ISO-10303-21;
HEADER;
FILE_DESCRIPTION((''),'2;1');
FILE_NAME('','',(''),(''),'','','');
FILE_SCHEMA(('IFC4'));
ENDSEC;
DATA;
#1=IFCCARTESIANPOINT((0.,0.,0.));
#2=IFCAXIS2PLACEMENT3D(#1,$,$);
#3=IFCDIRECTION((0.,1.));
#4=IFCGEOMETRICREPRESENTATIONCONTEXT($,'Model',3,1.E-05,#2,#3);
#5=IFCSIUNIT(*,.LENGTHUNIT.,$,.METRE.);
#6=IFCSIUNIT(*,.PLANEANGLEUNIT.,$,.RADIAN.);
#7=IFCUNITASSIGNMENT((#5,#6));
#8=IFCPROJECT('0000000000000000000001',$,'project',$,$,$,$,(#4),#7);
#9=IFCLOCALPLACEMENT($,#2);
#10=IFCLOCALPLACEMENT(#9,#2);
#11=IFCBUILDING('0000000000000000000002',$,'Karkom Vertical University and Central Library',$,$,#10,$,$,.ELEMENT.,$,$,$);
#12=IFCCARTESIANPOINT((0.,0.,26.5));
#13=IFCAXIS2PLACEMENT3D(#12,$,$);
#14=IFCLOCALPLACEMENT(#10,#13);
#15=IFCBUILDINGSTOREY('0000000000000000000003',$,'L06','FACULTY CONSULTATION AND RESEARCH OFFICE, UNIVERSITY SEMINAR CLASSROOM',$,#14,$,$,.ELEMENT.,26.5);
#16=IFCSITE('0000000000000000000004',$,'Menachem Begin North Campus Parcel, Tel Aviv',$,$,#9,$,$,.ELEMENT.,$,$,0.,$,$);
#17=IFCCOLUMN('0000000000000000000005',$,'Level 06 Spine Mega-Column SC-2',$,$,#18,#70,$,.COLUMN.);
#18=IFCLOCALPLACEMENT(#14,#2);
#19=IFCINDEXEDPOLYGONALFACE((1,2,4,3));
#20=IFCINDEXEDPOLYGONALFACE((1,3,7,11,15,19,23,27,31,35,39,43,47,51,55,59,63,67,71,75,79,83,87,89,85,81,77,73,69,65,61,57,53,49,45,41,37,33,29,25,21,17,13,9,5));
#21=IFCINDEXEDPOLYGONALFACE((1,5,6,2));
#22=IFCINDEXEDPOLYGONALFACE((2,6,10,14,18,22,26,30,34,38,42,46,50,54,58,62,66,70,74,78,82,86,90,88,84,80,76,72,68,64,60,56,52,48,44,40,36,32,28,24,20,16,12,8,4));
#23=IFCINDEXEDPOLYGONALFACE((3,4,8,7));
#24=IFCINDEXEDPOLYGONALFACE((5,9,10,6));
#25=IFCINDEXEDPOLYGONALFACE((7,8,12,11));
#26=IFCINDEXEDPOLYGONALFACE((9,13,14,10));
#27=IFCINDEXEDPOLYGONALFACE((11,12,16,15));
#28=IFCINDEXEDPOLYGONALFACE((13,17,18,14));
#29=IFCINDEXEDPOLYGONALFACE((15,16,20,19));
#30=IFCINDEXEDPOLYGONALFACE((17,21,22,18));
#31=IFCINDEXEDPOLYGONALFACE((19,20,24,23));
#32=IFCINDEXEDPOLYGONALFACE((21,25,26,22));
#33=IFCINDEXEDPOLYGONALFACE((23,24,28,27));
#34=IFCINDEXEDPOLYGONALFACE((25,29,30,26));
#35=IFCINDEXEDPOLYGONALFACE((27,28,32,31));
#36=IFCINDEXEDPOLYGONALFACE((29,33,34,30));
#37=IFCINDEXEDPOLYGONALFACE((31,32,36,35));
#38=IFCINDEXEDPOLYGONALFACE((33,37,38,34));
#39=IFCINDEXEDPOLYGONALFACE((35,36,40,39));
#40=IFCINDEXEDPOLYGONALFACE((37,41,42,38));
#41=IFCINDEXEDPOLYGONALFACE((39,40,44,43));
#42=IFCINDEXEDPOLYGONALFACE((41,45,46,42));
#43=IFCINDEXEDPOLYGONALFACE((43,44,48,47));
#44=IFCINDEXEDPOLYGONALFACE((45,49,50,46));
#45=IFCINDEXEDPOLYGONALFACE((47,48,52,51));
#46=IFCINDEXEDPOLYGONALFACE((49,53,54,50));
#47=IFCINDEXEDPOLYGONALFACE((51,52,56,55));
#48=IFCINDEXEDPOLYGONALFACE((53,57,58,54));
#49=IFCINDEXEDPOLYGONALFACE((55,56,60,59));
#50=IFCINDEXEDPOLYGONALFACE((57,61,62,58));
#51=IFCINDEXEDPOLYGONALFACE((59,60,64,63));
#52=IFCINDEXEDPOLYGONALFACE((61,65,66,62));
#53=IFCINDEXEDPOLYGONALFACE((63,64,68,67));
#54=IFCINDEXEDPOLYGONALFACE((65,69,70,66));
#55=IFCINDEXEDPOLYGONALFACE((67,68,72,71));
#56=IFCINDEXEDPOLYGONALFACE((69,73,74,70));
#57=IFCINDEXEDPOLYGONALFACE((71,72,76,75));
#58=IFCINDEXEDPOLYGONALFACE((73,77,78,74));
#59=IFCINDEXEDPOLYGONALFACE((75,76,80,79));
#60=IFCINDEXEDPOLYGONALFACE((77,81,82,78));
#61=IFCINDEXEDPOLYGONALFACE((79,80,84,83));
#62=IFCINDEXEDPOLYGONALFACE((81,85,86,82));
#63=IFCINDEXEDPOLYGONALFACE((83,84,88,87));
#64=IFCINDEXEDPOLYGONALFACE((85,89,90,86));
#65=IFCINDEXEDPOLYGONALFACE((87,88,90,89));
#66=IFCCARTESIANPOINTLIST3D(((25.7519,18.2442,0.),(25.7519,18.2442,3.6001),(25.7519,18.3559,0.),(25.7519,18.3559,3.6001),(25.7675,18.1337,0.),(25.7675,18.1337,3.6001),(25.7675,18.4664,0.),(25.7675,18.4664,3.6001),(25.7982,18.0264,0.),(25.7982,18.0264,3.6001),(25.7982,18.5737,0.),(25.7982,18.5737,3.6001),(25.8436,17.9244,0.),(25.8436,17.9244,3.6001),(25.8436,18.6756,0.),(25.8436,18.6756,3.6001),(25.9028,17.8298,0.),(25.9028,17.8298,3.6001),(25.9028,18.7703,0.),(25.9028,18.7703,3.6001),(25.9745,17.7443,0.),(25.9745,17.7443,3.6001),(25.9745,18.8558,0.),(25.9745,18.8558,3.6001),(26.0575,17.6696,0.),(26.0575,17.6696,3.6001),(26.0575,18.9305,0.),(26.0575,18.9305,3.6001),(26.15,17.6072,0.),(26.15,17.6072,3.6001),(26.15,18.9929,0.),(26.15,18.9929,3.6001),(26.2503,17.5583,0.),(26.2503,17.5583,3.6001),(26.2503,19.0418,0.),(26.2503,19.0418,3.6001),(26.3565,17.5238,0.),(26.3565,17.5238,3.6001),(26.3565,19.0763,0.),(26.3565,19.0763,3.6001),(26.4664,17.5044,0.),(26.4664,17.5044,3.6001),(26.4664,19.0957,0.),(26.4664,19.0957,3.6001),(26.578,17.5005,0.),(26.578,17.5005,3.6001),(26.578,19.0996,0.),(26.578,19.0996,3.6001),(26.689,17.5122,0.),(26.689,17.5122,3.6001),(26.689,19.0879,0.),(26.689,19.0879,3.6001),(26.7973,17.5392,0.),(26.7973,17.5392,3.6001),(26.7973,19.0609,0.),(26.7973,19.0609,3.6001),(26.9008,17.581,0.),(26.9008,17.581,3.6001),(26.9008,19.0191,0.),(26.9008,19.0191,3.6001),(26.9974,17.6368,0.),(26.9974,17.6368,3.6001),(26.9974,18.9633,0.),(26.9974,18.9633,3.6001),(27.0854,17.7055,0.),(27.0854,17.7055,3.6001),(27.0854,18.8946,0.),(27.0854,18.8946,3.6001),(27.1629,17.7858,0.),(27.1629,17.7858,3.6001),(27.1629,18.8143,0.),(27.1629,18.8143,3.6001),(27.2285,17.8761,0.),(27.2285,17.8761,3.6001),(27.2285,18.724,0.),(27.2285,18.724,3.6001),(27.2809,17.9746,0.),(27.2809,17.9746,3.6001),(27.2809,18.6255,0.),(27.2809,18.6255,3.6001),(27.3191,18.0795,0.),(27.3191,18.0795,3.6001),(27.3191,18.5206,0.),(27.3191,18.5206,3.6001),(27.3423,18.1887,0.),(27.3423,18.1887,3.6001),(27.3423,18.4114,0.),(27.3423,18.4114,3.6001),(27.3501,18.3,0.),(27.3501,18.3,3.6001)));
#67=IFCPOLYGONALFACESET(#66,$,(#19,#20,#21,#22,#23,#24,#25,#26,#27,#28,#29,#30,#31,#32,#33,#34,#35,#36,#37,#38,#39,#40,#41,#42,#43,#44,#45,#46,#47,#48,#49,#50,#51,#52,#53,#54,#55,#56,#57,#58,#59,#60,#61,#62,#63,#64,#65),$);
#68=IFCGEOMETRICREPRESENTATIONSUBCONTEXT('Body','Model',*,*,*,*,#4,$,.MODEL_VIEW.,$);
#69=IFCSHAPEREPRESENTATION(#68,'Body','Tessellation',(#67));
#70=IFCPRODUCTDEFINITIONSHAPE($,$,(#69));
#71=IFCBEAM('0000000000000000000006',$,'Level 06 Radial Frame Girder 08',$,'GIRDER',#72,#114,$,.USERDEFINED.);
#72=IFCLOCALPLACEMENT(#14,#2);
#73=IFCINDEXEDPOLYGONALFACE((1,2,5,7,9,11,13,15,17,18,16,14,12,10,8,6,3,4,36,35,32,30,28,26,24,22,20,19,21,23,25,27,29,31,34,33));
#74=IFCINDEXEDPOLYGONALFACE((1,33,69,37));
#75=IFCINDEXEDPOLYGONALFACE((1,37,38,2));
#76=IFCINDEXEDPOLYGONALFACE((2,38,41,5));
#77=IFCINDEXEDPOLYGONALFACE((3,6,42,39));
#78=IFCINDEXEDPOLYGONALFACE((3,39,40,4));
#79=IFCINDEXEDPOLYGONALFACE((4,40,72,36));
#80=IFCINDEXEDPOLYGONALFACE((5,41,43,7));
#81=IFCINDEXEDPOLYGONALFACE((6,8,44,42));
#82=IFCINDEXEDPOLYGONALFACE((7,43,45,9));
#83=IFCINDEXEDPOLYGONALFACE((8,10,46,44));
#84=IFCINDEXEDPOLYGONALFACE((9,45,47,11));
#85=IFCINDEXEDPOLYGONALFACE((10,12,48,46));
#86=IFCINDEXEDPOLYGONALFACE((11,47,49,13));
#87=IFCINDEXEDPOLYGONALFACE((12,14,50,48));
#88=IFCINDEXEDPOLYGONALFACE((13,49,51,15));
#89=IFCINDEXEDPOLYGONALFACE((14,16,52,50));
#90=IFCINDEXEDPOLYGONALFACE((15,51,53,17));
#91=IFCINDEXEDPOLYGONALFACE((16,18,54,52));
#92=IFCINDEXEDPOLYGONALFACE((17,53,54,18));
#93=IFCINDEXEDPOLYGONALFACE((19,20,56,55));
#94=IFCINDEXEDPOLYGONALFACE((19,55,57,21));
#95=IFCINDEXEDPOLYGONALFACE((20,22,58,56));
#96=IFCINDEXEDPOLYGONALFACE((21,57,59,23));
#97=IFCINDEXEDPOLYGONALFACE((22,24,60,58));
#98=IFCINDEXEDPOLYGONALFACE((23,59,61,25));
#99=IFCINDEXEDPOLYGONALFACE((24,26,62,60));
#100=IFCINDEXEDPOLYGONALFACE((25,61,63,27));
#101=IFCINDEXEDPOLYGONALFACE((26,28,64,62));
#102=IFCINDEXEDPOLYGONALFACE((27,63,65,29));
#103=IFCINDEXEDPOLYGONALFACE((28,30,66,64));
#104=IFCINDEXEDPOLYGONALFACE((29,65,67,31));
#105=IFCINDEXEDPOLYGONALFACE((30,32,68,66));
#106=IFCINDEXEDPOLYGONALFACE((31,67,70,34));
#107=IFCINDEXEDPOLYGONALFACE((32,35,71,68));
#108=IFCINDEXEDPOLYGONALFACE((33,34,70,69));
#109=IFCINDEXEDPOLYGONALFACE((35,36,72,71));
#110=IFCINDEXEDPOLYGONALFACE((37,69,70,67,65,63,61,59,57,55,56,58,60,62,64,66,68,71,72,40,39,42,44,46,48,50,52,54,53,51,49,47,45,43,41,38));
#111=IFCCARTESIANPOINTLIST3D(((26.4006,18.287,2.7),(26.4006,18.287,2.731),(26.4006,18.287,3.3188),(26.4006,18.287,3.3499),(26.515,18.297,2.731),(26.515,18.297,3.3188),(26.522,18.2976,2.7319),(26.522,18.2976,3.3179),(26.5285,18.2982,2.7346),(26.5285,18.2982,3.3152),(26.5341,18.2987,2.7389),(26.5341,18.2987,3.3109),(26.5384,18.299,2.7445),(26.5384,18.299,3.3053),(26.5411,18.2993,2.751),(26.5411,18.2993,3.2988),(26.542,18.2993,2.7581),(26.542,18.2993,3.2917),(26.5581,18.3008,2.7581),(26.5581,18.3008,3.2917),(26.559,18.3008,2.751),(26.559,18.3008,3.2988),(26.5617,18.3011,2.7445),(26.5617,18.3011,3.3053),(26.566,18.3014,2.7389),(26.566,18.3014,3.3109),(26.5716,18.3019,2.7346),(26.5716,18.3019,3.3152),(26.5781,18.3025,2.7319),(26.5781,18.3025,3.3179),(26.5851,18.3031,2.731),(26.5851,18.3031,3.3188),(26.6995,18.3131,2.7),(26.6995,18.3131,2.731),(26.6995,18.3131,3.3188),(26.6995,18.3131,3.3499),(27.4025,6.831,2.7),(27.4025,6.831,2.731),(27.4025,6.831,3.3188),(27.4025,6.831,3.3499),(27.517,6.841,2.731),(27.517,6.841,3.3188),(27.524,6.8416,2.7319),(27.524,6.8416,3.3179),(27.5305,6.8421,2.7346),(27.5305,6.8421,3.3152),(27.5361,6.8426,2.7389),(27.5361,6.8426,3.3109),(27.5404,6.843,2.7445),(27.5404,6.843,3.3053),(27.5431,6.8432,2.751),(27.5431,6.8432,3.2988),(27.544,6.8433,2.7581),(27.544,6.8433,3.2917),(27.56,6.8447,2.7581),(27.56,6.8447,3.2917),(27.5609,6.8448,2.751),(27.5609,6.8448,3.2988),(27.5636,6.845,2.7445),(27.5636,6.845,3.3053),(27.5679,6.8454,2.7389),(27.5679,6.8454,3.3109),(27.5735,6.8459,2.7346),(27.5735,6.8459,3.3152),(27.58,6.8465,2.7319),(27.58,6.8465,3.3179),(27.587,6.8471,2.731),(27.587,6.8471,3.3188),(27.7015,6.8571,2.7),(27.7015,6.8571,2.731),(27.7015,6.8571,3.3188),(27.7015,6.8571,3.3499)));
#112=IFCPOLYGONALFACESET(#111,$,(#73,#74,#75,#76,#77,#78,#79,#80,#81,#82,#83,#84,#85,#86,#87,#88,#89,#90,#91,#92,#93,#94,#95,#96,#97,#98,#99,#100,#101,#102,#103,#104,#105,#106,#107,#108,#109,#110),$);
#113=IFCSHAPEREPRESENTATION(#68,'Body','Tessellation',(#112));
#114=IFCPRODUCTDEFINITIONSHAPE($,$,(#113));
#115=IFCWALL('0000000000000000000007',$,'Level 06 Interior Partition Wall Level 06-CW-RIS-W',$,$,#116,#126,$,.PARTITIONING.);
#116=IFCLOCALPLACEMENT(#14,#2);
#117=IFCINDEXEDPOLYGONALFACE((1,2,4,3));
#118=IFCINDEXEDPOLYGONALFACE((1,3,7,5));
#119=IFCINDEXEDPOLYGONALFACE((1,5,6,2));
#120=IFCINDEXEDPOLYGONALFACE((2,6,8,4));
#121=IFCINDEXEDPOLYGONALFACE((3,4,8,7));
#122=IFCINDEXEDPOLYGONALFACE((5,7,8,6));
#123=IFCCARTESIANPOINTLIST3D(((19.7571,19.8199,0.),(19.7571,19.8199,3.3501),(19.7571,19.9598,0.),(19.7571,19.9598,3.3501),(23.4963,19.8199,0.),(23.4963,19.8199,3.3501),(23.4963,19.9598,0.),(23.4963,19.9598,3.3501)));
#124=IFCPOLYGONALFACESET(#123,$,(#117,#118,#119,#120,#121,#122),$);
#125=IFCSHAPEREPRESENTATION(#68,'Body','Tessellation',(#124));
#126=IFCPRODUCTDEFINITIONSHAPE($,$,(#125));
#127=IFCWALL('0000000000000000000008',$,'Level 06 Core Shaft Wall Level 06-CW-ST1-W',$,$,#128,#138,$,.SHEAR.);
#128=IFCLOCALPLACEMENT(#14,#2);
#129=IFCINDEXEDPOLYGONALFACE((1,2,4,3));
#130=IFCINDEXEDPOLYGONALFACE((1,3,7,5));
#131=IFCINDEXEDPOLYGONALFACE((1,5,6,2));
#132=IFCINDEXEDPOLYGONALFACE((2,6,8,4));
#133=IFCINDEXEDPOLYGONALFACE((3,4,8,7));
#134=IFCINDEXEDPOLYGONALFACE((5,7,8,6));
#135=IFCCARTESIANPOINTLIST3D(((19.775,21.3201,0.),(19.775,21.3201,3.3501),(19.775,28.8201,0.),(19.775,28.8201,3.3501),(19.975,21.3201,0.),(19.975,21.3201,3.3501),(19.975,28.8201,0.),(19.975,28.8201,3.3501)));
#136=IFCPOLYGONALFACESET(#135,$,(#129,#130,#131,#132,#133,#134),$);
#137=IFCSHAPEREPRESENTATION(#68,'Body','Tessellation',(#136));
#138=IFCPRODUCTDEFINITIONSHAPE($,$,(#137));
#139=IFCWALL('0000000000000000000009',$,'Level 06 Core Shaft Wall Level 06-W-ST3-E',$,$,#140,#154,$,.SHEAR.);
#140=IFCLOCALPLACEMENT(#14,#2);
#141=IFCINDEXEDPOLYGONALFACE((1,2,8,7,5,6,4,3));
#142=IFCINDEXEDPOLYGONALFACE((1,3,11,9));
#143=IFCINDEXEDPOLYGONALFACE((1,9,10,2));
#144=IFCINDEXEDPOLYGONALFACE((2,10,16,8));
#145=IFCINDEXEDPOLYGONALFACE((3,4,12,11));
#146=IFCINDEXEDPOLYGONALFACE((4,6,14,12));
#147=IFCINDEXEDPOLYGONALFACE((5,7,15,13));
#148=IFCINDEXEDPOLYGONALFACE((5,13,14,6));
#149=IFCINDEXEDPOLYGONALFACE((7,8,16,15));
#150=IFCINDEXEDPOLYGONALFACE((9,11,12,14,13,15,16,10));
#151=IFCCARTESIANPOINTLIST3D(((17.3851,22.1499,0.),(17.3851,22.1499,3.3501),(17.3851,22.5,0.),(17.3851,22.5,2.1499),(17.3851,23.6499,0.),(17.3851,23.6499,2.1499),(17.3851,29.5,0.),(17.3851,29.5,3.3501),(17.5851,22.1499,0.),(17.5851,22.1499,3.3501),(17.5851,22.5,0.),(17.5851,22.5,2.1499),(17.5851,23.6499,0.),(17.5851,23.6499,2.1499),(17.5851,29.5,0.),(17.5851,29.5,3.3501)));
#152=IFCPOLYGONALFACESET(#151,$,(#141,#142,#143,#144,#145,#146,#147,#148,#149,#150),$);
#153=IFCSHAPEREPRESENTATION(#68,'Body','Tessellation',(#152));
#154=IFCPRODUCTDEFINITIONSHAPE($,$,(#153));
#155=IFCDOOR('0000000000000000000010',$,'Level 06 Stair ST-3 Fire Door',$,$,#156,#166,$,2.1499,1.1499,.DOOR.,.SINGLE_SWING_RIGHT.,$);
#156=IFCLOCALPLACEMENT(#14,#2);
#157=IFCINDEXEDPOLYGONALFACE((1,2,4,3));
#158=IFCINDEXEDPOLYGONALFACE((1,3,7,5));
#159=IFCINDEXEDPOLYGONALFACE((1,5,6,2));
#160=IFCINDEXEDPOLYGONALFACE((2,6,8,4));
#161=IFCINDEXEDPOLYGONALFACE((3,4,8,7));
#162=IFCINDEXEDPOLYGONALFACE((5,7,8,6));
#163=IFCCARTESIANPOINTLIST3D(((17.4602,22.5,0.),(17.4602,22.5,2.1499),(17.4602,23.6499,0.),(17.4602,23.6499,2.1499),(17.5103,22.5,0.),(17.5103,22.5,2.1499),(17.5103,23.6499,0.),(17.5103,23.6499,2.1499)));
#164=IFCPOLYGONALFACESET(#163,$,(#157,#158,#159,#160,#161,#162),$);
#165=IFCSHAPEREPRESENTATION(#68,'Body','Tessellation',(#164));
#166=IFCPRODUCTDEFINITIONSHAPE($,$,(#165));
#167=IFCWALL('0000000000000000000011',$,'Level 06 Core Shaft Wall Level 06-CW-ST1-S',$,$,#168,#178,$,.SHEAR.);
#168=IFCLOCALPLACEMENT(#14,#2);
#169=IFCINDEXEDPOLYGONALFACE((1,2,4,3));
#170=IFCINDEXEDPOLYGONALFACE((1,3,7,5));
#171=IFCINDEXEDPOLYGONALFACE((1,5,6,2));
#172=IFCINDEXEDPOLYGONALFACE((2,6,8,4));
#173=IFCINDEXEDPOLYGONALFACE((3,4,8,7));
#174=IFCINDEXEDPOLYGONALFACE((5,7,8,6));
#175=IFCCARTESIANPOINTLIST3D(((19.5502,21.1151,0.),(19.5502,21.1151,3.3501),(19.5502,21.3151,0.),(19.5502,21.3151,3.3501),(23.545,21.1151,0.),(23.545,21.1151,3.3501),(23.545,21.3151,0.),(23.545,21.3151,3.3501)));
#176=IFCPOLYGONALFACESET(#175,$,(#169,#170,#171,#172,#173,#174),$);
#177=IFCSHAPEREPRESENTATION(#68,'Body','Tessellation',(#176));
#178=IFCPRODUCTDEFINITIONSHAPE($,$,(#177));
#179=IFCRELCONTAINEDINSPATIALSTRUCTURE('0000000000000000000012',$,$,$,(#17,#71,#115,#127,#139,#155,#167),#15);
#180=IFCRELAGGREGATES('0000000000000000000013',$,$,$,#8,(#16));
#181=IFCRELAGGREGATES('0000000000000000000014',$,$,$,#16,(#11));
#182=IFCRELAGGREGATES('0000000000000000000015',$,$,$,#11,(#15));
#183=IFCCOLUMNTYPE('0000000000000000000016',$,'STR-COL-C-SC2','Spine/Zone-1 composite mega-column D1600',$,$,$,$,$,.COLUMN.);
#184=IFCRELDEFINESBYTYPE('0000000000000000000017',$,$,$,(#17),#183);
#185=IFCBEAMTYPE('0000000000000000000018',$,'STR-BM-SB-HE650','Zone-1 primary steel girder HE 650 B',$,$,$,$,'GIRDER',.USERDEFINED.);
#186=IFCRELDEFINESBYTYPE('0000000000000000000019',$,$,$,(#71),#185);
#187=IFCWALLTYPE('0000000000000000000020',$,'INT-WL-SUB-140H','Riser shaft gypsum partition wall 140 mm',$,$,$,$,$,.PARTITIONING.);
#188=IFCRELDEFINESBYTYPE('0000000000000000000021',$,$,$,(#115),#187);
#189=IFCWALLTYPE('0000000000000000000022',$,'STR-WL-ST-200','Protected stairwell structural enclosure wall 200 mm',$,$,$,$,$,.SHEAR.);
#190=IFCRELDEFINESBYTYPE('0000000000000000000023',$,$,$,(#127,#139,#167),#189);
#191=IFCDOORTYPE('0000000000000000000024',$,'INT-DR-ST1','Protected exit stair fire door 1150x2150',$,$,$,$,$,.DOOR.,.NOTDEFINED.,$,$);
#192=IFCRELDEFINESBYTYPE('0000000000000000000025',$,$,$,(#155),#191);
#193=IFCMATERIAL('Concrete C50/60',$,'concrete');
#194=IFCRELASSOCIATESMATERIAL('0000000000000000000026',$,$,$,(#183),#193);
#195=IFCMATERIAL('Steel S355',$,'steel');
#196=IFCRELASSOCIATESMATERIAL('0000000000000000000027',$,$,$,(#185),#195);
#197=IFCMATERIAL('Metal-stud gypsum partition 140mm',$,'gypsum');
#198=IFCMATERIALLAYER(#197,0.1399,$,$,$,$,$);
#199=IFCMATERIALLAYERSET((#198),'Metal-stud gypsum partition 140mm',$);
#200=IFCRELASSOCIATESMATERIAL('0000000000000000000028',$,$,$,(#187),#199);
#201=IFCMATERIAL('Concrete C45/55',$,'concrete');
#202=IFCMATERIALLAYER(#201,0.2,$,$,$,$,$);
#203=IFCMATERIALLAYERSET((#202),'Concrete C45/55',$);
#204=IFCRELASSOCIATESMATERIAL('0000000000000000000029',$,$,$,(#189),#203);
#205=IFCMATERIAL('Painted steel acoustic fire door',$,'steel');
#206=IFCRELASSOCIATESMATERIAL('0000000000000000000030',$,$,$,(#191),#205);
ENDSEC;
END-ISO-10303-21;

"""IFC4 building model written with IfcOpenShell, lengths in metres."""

from ifc_helpers import new_model, si_unit, direction, frame, frame_2d, origin, origin_with_axes, origin_2d, place, context, subcontext, project, spatial, rectangle, circle, i_section, extrude, source, transform, mapped, material, layer, layer_set, material_profile, profile_set, type_object, element, fill, save


model = new_model("IFC4")

# Units and contexts
model_context = context("Model", 3, precision=1e-05, world=origin(), true_north=direction((0.0, 1.0)))
body_context = subcontext(model_context, "Body", "Model", "MODEL_VIEW")
ifc_project = project(units=[si_unit("LENGTHUNIT", "METRE"), si_unit("PLANEANGLEUNIT", "RADIAN")], contexts=[model_context])

# Site, building, storey
site_placement = place(None, origin())
site = spatial("IfcSite", under=ifc_project, at=site_placement, Name="Menachem Begin North Campus Parcel, Tel Aviv", CompositionType="ELEMENT", RefElevation=0.0)
building_placement = place(site_placement, origin())
building = spatial("IfcBuilding", under=site, at=building_placement, Name="Karkom Vertical University and Central Library", CompositionType="ELEMENT")
storey_placement = place(building_placement, frame((0.0, 0.0, 26.5)))
storey = spatial("IfcBuildingStorey", under=building, at=storey_placement, Name="L06", Description="FACULTY CONSULTATION AND RESEARCH OFFICE, UNIVERSITY SEMINAR CLASSROOM", CompositionType="ELEMENT", Elevation=26.5)

# Column
ifc_material_1 = material(Name="Concrete C50/60", Category="concrete")
ifc_material_profile_1 = material_profile(ifc_material_1, circle(Radius=0.8, at=origin_2d()), Name="CFT-D1600")
ifc_profile_set_1 = profile_set([ifc_material_profile_1], Name="Concrete C50/60")
column_type = type_object("IfcColumnType", Name="STR-COL-C-SC2", Description="Spine/Zone-1 composite mega-column D1600", PredefinedType="COLUMN", material=ifc_profile_set_1)
shared_shape_1 = source(origin_with_axes(), body_context, "Body", "SweptSolid", [
    extrude(circle(Radius=0.8, at=origin_2d()), origin(), (0.0, 0.0, 1.0), 3.6001),
])
column_placement = place(storey_placement, frame((26.55, 18.3, 0.0), z_axis=(0.0, 0.0, 1.0), x_axis=(1.0, 0.0, 0.0)))
element("IfcColumn", 1, at=column_placement, inside=storey, type_object=column_type, Name="Level 06 Spine Mega-Column SC-2", PredefinedType="COLUMN", context=body_context, shape_type="MappedRepresentation", body=[
    mapped(shared_shape_1, transform((0.0, 0.0, 0.0), scale=1.0)),
])

# Beam
ifc_material_2 = material(Name="Steel S355", Category="steel")
ifc_material_profile_2 = material_profile(ifc_material_2, i_section(OverallWidth=0.3, OverallDepth=0.6499, WebThickness=0.0161, FlangeThickness=0.031, FilletRadius=0.0271, at=origin_2d()), Name="HE 650 B")
ifc_profile_set_2 = profile_set([ifc_material_profile_2], Name="Steel S355")
beam_type = type_object("IfcBeamType", Name="STR-BM-SB-HE650", Description="Zone-1 primary steel girder HE 650 B", ElementType="GIRDER", PredefinedType="USERDEFINED", material=ifc_profile_set_2)
shared_shape_2 = source(origin_with_axes(), body_context, "Body", "SweptSolid", [
    extrude(i_section(OverallWidth=0.3, OverallDepth=0.6499, WebThickness=0.0161, FlangeThickness=0.031, FilletRadius=0.0271, at=origin_2d()), origin(), (0.0, 0.0, 1.0), 11.4998),
])
beam_placement = place(storey_placement, frame((26.55, 18.3, 3.0249), z_axis=(0.087128, -0.996197, 0.0), x_axis=(0.996197, 0.087128, 0.0)))
element("IfcBeam", 2, at=beam_placement, inside=storey, type_object=beam_type, Name="Level 06 Radial Frame Girder 08", ObjectType="GIRDER", PredefinedType="USERDEFINED", context=body_context, shape_type="MappedRepresentation", body=[
    mapped(shared_shape_2, transform((0.0, 0.0, 0.0), scale=1.0)),
])

# Wall
ifc_material_3 = material(Name="Metal-stud gypsum partition 140mm", Category="gypsum")
ifc_layer_1 = layer(ifc_material_3, 0.1399)
ifc_layer_set_1 = layer_set([ifc_layer_1], Name="Metal-stud gypsum partition 140mm")
wall_type_1 = type_object("IfcWallType", Name="INT-WL-SUB-140H", Description="Riser shaft gypsum partition wall 140 mm", PredefinedType="PARTITIONING", material=ifc_layer_set_1)
wall_1_placement = place(storey_placement, frame((19.7571, 19.8899, 0.0), z_axis=(0.0, 0.0, 1.0), x_axis=(1.0, 0.0, 0.0)))
element("IfcWall", 3, at=wall_1_placement, inside=storey, type_object=wall_type_1, Name="Level 06 Interior Partition Wall Level 06-CW-RIS-W", PredefinedType="PARTITIONING", context=body_context, shape_type="SweptSolid", body=[
    extrude(rectangle(XDim=3.7393, YDim=0.1399, at=frame_2d((1.8696, 0.0))), origin(), (0.0, 0.0, 1.0), 3.3501),
])

# Shared definitions
ifc_material_4 = material(Name="Concrete C45/55", Category="concrete")
ifc_layer_2 = layer(ifc_material_4, 0.2)
ifc_layer_set_2 = layer_set([ifc_layer_2], Name="Concrete C45/55")
wall_type_2 = type_object("IfcWallType", Name="STR-WL-ST-200", Description="Protected stairwell structural enclosure wall 200 mm", PredefinedType="SHEAR", material=ifc_layer_set_2)
ifc_material_5 = material(Name="Painted steel acoustic fire door", Category="steel")
door_type_1 = type_object("IfcDoorType", Name="INT-DR-ST1", Description="Protected exit stair fire door 1150x2150", OperationType="NOTDEFINED", PredefinedType="DOOR", material=ifc_material_5)
shared_shape_3 = source(origin_with_axes(), body_context, "Body", "SweptSolid", [
    extrude(rectangle(XDim=1.1499, YDim=2.1499, at=frame_2d((0.575, 1.075))), frame((0.0, 0.0249, 0.0), z_axis=(0.0, -1.0, 0.0), x_axis=(1.0, 0.0, 0.0)), (0.0, 0.0, 1.0), 0.05),
])

# Wall
wall_2_placement = place(storey_placement, frame((19.875, 21.3201, 0.0), z_axis=(0.0, 0.0, 1.0), x_axis=(0.0, 1.0, 0.0)))
element("IfcWall", 4, at=wall_2_placement, inside=storey, type_object=wall_type_2, Name="Level 06 Core Shaft Wall Level 06-CW-ST1-W", PredefinedType="SHEAR", context=body_context, shape_type="SweptSolid", body=[
    extrude(rectangle(XDim=7.5, YDim=0.2, at=frame_2d((3.75, 0.0))), origin(), (0.0, 0.0, 1.0), 3.3501),
])

# Wall, opening, door
wall_3_placement = place(storey_placement, frame((17.4851, 22.1499, 0.0), z_axis=(0.0, 0.0, 1.0), x_axis=(0.0, 1.0, 0.0)))
wall_3 = element("IfcWall", 5, at=wall_3_placement, inside=storey, type_object=wall_type_2, Name="Level 06 Core Shaft Wall Level 06-W-ST3-E", PredefinedType="SHEAR", context=body_context, shape_type="SweptSolid", body=[
    extrude(rectangle(XDim=7.3501, YDim=0.2, at=frame_2d((3.675, 0.0))), origin(), (0.0, 0.0, 1.0), 3.3501),
])
opening_1_placement = place(wall_3_placement, frame((0.3501, 0.0, 0.0)))
opening_1 = element("IfcOpeningElement", 6, at=opening_1_placement, cuts=wall_3, PredefinedType="OPENING", context=body_context, shape_type="SweptSolid", body=[
    extrude(rectangle(XDim=1.1499, YDim=2.1499, at=frame_2d((0.575, 1.075))), frame((0.0, 0.1099, 0.0), z_axis=(0.0, -1.0, 0.0), x_axis=(1.0, 0.0, 0.0)), (0.0, 0.0, 1.0), 0.22),
])
door_1_placement = place(opening_1_placement, origin())
door_1 = element("IfcDoor", 7, at=door_1_placement, inside=storey, type_object=door_type_1, Name="Level 06 Stair ST-3 Fire Door", OperationType="SINGLE_SWING_RIGHT", OverallHeight=2.1499, OverallWidth=1.1499, PredefinedType="DOOR", context=body_context, shape_type="MappedRepresentation", body=[
    mapped(shared_shape_3, transform((0.0, 0.0, 0.0), scale=1.0)),
])
fill(opening_1, door_1)

# Wall
wall_4_placement = place(storey_placement, frame((19.55, 21.2151, 0.0), z_axis=(0.0, 0.0, 1.0), x_axis=(1.0, 0.0, 0.0)))
element("IfcWall", 8, at=wall_4_placement, inside=storey, type_object=wall_type_2, Name="Level 06 Core Shaft Wall Level 06-CW-ST1-S", PredefinedType="SHEAR", context=body_context, shape_type="SweptSolid", body=[
    extrude(rectangle(XDim=3.9949, YDim=0.2, at=frame_2d((1.9976, 0.0))), origin(), (0.0, 0.0, 1.0), 3.3501),
])

save(model, "model.ifc")
